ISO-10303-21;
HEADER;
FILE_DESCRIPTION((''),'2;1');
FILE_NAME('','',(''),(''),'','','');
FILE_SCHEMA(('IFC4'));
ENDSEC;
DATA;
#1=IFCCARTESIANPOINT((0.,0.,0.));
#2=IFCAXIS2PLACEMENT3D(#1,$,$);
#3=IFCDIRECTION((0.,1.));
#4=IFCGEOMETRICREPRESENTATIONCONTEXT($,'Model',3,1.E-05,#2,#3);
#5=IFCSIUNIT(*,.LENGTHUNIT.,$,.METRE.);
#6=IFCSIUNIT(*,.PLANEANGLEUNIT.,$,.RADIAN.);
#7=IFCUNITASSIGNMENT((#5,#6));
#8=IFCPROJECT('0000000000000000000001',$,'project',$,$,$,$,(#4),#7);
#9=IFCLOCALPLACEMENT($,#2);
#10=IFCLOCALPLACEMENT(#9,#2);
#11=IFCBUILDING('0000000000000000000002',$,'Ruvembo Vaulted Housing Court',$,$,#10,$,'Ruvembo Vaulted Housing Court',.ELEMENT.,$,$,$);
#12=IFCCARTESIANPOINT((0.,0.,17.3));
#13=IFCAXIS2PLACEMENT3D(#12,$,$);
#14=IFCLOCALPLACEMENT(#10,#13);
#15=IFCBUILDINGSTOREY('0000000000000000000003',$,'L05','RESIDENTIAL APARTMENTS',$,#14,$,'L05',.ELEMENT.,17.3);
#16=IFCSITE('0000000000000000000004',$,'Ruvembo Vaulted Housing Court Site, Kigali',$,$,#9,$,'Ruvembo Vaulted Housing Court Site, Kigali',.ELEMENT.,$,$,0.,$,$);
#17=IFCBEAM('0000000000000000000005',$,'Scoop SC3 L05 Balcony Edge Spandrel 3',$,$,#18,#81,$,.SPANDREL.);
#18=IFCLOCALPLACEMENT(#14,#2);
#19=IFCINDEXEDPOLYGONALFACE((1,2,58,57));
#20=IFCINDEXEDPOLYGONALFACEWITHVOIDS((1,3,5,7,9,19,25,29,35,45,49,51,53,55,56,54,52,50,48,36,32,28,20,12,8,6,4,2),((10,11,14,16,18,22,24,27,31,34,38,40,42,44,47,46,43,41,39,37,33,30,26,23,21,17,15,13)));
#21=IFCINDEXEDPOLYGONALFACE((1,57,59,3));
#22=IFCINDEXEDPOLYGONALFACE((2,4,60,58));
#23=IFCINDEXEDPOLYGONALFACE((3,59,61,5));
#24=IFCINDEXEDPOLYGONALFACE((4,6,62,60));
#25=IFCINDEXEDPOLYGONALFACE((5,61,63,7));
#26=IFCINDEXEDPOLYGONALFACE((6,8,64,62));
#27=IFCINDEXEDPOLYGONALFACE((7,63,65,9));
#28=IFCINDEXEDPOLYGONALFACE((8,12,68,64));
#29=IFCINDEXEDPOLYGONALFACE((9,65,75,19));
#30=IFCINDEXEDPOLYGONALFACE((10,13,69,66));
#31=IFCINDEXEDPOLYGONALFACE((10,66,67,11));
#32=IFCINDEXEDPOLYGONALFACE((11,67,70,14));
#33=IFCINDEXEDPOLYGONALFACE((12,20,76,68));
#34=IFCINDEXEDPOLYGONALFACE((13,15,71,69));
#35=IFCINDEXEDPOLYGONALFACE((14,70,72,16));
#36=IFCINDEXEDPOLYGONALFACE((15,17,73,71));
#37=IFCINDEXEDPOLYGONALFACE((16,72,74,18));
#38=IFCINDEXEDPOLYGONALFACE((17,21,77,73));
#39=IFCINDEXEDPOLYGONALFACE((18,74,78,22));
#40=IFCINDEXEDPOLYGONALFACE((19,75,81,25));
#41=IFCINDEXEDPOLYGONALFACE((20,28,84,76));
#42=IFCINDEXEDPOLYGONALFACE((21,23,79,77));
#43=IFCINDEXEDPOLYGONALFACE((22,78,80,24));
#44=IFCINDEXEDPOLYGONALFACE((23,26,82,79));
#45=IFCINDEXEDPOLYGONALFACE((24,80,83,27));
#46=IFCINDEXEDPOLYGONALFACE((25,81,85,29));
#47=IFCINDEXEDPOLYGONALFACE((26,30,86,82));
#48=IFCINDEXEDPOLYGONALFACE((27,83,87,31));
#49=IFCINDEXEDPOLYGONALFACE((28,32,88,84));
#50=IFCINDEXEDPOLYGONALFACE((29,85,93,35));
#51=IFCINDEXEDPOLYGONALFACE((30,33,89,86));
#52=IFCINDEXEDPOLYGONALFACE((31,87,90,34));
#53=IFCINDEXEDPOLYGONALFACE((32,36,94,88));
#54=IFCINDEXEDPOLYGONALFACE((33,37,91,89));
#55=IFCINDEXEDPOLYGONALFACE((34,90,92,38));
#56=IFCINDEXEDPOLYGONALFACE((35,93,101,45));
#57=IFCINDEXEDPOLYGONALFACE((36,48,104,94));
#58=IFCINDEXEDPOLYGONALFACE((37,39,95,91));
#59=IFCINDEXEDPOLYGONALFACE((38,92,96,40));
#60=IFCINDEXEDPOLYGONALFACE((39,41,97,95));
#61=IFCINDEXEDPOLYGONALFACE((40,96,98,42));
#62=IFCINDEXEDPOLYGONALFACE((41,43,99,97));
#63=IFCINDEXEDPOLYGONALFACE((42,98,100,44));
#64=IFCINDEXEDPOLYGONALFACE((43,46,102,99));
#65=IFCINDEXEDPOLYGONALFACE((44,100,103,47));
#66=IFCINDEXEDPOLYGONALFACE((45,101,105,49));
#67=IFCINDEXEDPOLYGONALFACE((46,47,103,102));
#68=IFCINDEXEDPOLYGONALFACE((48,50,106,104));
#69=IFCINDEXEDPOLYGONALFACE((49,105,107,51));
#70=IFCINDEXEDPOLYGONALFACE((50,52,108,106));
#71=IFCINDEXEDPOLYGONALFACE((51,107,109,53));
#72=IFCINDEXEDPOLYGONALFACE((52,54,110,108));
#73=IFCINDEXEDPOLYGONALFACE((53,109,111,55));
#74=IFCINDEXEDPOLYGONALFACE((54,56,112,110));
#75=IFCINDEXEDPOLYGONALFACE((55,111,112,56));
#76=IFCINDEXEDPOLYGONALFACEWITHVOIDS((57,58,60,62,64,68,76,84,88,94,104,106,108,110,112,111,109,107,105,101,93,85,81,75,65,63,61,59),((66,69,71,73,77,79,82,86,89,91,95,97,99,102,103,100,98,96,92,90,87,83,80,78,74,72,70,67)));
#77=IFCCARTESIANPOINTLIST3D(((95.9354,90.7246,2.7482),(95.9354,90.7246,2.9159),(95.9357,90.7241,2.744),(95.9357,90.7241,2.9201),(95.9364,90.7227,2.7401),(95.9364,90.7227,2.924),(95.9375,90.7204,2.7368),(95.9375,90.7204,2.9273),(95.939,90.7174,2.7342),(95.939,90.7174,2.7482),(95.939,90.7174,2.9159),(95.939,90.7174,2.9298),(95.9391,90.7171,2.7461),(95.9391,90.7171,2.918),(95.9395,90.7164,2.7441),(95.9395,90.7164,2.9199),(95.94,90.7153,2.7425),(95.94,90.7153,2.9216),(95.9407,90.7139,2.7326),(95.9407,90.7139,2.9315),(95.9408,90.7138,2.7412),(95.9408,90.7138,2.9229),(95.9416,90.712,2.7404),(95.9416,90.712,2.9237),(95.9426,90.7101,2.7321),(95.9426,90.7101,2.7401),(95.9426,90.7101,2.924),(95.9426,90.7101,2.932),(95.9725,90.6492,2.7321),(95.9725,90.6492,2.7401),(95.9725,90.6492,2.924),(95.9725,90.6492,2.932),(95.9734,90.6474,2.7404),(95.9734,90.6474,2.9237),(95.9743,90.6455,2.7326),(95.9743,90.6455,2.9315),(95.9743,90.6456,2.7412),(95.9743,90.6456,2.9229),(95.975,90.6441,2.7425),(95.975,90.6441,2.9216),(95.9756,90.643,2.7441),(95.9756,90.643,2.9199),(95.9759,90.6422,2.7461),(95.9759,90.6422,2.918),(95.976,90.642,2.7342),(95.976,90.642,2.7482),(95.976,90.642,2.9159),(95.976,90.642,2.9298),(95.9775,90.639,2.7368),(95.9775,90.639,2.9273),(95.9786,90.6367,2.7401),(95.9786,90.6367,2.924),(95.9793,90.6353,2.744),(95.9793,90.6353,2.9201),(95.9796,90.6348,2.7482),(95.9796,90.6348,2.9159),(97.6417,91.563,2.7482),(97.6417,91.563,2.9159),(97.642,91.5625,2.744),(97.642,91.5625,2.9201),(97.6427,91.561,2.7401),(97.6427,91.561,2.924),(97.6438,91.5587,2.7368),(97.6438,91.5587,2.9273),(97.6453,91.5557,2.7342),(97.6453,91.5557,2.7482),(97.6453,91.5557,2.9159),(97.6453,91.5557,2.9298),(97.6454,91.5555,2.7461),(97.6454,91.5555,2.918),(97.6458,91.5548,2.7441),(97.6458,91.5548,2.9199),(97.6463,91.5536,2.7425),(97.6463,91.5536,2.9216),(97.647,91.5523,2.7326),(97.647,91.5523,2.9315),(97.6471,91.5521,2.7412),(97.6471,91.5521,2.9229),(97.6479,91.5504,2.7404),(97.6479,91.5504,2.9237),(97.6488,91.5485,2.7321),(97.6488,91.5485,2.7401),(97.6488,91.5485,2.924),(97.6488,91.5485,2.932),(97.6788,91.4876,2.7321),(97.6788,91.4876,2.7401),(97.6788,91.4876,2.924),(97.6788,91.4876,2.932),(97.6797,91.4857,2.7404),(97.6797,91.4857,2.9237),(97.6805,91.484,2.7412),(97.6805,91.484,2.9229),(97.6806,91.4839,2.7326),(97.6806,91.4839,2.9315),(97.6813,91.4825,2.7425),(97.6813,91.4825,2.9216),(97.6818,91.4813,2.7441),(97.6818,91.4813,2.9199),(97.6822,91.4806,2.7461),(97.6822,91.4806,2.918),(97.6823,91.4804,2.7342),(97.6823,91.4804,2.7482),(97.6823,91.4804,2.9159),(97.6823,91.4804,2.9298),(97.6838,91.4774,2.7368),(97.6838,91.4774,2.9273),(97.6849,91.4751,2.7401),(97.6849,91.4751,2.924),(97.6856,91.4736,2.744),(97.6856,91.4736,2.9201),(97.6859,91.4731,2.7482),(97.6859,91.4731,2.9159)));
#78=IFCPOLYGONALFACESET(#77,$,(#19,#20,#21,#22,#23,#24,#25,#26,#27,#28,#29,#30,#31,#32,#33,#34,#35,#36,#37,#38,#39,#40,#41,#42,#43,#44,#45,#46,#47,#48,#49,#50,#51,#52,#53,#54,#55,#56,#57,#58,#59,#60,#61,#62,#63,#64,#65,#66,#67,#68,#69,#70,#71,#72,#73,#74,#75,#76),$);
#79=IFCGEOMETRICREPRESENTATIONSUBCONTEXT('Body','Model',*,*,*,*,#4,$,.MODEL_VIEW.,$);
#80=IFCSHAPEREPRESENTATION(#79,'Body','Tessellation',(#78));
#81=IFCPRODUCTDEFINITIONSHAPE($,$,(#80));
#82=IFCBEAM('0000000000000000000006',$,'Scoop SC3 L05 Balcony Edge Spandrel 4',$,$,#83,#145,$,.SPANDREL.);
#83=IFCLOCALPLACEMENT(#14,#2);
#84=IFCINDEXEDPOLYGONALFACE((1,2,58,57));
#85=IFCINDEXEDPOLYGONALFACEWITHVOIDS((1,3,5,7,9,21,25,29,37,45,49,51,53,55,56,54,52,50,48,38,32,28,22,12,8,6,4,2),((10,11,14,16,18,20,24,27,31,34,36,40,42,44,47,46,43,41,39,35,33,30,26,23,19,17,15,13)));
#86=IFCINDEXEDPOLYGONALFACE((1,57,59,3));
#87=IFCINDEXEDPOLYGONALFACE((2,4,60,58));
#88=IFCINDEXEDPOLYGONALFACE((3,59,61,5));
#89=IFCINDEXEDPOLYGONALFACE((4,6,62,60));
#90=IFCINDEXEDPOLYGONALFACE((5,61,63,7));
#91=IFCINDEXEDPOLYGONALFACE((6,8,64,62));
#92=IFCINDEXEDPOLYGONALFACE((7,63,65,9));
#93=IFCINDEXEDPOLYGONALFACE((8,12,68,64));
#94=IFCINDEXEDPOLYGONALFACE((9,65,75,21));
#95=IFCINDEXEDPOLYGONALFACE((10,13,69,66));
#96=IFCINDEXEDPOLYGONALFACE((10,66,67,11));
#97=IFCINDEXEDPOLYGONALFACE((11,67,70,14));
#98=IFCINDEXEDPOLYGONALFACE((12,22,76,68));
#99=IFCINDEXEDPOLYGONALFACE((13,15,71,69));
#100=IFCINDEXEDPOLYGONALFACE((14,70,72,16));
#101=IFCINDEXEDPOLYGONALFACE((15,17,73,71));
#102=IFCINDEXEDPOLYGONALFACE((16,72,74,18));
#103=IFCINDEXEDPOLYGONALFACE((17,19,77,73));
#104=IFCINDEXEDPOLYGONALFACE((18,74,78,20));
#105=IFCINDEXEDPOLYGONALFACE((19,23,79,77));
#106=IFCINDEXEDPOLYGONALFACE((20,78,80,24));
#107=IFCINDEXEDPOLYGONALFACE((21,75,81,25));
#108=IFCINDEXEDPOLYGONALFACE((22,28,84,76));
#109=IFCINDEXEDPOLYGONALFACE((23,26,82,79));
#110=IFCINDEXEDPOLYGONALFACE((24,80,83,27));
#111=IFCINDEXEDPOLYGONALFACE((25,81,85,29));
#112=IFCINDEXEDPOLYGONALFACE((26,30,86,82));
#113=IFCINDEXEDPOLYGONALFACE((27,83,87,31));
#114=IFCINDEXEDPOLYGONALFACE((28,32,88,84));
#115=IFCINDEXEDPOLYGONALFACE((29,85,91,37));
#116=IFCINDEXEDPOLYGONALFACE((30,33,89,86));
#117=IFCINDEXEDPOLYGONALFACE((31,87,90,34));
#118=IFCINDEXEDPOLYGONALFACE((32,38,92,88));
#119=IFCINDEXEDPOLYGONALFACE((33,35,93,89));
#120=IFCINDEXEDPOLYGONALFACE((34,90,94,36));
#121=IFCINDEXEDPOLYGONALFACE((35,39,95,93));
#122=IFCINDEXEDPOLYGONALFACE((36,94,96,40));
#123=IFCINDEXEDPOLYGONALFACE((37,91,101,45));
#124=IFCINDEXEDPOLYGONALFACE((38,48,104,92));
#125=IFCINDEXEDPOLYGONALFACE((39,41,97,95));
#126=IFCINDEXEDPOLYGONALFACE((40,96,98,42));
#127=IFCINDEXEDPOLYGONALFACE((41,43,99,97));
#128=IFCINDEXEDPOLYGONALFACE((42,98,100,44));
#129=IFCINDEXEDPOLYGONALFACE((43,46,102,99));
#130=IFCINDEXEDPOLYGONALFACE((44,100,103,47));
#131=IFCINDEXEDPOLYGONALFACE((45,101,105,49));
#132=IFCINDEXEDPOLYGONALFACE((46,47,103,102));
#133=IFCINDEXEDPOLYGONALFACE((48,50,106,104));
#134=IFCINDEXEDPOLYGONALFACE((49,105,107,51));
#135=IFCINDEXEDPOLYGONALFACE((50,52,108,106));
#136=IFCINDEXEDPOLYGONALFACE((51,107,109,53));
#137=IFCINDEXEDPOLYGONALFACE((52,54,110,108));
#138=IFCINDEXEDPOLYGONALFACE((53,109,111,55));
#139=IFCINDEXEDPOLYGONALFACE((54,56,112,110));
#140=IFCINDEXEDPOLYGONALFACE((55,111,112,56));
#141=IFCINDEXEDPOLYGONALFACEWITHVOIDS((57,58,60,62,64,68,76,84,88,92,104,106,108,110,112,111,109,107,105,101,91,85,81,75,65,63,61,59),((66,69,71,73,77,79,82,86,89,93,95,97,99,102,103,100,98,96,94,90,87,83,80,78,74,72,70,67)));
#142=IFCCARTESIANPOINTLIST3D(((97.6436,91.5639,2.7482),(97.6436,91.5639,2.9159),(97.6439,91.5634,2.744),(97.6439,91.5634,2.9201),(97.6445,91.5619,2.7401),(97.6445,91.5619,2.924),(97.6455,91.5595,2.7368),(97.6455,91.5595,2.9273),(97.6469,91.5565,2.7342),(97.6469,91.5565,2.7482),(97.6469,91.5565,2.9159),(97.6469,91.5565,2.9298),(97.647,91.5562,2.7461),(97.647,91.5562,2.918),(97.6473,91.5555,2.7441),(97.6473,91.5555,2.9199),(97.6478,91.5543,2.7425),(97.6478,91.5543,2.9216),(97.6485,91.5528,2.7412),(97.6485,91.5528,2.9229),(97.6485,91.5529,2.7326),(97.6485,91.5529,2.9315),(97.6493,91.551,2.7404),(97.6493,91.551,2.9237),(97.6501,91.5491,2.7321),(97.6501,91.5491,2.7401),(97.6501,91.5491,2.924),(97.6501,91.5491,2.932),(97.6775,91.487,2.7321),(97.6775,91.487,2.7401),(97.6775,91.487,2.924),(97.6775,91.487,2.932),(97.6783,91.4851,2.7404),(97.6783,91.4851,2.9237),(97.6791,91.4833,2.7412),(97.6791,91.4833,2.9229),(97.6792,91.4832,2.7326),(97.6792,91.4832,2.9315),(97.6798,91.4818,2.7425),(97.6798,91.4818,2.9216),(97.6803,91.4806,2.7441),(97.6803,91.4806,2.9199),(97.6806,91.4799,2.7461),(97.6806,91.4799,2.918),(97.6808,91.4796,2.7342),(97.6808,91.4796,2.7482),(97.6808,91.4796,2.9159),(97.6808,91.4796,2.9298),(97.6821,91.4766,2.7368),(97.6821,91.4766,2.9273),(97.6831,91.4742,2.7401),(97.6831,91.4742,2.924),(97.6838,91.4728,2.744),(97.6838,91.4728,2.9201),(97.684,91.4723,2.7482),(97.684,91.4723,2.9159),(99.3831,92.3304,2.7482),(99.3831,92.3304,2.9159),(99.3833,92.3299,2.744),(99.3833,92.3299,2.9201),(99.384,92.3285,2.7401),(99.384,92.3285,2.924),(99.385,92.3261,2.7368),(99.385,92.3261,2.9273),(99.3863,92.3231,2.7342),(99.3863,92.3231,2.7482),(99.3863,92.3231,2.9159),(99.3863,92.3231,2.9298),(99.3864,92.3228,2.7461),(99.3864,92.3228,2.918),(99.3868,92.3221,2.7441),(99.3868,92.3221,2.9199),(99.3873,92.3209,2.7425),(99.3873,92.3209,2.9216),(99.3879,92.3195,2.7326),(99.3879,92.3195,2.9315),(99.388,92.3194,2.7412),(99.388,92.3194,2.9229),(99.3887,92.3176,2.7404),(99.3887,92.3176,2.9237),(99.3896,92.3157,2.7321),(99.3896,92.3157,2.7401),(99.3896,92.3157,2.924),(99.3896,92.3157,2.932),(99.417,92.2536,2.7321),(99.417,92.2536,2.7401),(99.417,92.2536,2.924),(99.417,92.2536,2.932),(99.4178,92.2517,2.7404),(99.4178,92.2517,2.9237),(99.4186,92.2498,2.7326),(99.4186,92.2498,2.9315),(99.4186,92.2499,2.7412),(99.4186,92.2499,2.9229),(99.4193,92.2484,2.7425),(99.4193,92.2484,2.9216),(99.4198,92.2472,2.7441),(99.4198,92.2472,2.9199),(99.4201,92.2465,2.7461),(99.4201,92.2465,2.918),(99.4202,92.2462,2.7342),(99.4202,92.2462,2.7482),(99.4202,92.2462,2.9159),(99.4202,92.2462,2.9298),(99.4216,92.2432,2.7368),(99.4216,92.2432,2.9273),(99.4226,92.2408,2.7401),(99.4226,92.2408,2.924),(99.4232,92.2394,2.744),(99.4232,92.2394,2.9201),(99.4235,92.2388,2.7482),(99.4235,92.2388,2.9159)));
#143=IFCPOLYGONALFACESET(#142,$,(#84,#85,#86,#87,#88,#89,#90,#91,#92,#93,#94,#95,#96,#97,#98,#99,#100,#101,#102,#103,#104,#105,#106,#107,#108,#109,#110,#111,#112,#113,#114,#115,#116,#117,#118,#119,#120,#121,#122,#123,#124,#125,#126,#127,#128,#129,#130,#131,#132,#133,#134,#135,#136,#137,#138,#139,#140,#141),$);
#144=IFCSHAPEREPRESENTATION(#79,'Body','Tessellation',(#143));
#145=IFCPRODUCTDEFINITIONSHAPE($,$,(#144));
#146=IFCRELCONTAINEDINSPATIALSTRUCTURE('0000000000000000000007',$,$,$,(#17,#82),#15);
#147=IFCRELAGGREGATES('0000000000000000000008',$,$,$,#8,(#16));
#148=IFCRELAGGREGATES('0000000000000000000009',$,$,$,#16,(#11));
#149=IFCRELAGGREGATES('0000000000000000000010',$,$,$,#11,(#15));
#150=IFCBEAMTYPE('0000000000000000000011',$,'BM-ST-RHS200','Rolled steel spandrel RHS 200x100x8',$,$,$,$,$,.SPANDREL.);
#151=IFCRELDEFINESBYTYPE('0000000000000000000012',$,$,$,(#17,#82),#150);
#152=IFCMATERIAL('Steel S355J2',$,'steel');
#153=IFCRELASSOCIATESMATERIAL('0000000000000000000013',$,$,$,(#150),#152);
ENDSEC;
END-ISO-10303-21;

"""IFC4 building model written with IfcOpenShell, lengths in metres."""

from ifc_helpers import new_model, si_unit, direction, frame, origin, origin_2d, place, context, subcontext, project, spatial, hollow_rectangle, extrude, material, material_profile, profile_set, type_object, element, save


model = new_model("IFC4")

# Units and contexts
model_context = context("Model", 3, precision=1e-05, world=origin(), true_north=direction((0.0, 1.0)))
body_context = subcontext(model_context, "Body", "Model", "MODEL_VIEW")
ifc_project = project(units=[si_unit("LENGTHUNIT", "METRE"), si_unit("PLANEANGLEUNIT", "RADIAN")], contexts=[model_context])

# Site, building, storey
site_placement = place(None, origin())
site = spatial("IfcSite", under=ifc_project, at=site_placement, Name="Ruvembo Vaulted Housing Court Site, Kigali", LongName="Ruvembo Vaulted Housing Court Site, Kigali", CompositionType="ELEMENT", RefElevation=0.0)
building_placement = place(site_placement, origin())
building = spatial("IfcBuilding", under=site, at=building_placement, Name="Ruvembo Vaulted Housing Court", LongName="Ruvembo Vaulted Housing Court", CompositionType="ELEMENT")
storey_placement = place(building_placement, frame((0.0, 0.0, 17.3)))
storey = spatial("IfcBuildingStorey", under=building, at=storey_placement, Name="L05", Description="RESIDENTIAL APARTMENTS", LongName="L05", CompositionType="ELEMENT", Elevation=17.3)

# Beams
ifc_material_1 = material(Name="Steel S355J2", Category="steel")
ifc_material_profile_1 = material_profile(ifc_material_1, hollow_rectangle(XDim=0.1001, YDim=0.2, WallThickness=0.0081, InnerFilletRadius=0.0081, OuterFilletRadius=0.0161, at=origin_2d()), Name="RHS 200x100x8")
ifc_profile_set_1 = profile_set([ifc_material_profile_1], Name="Steel S355J2")
beam_type = type_object("IfcBeamType", Name="BM-ST-RHS200", Description="Rolled steel spandrel RHS 200x100x8", PredefinedType="SPANDREL", material=ifc_profile_set_1)
beam_1_placement = place(storey_placement, frame((95.9575, 90.6797, 2.832), z_axis=(0.897513, 0.440987, 0.0), x_axis=(-0.440987, 0.897513, 0.0)))
element("IfcBeam", 1, at=beam_1_placement, inside=storey, type_object=beam_type, Name="Scoop SC3 L05 Balcony Edge Spandrel 3", PredefinedType="SPANDREL", context=body_context, shape_type="SweptSolid", body=[
    extrude(hollow_rectangle(XDim=0.1001, YDim=0.2, WallThickness=0.0081, InnerFilletRadius=0.0081, OuterFilletRadius=0.0161, at=origin_2d()), origin(), (0.0, 0.0, 1.0), 1.9011),
])
beam_2_placement = place(storey_placement, frame((97.6638, 91.5181, 2.832), z_axis=(0.915078, 0.403277, 0.0), x_axis=(-0.403277, 0.915078, 0.0)))
element("IfcBeam", 2, at=beam_2_placement, inside=storey, type_object=beam_type, Name="Scoop SC3 L05 Balcony Edge Spandrel 4", PredefinedType="SPANDREL", context=body_context, shape_type="SweptSolid", body=[
    extrude(hollow_rectangle(XDim=0.1001, YDim=0.2, WallThickness=0.0081, InnerFilletRadius=0.0081, OuterFilletRadius=0.0161, at=origin_2d()), origin(), (0.0, 0.0, 1.0), 1.9009),
])

save(model, "model.ifc")
